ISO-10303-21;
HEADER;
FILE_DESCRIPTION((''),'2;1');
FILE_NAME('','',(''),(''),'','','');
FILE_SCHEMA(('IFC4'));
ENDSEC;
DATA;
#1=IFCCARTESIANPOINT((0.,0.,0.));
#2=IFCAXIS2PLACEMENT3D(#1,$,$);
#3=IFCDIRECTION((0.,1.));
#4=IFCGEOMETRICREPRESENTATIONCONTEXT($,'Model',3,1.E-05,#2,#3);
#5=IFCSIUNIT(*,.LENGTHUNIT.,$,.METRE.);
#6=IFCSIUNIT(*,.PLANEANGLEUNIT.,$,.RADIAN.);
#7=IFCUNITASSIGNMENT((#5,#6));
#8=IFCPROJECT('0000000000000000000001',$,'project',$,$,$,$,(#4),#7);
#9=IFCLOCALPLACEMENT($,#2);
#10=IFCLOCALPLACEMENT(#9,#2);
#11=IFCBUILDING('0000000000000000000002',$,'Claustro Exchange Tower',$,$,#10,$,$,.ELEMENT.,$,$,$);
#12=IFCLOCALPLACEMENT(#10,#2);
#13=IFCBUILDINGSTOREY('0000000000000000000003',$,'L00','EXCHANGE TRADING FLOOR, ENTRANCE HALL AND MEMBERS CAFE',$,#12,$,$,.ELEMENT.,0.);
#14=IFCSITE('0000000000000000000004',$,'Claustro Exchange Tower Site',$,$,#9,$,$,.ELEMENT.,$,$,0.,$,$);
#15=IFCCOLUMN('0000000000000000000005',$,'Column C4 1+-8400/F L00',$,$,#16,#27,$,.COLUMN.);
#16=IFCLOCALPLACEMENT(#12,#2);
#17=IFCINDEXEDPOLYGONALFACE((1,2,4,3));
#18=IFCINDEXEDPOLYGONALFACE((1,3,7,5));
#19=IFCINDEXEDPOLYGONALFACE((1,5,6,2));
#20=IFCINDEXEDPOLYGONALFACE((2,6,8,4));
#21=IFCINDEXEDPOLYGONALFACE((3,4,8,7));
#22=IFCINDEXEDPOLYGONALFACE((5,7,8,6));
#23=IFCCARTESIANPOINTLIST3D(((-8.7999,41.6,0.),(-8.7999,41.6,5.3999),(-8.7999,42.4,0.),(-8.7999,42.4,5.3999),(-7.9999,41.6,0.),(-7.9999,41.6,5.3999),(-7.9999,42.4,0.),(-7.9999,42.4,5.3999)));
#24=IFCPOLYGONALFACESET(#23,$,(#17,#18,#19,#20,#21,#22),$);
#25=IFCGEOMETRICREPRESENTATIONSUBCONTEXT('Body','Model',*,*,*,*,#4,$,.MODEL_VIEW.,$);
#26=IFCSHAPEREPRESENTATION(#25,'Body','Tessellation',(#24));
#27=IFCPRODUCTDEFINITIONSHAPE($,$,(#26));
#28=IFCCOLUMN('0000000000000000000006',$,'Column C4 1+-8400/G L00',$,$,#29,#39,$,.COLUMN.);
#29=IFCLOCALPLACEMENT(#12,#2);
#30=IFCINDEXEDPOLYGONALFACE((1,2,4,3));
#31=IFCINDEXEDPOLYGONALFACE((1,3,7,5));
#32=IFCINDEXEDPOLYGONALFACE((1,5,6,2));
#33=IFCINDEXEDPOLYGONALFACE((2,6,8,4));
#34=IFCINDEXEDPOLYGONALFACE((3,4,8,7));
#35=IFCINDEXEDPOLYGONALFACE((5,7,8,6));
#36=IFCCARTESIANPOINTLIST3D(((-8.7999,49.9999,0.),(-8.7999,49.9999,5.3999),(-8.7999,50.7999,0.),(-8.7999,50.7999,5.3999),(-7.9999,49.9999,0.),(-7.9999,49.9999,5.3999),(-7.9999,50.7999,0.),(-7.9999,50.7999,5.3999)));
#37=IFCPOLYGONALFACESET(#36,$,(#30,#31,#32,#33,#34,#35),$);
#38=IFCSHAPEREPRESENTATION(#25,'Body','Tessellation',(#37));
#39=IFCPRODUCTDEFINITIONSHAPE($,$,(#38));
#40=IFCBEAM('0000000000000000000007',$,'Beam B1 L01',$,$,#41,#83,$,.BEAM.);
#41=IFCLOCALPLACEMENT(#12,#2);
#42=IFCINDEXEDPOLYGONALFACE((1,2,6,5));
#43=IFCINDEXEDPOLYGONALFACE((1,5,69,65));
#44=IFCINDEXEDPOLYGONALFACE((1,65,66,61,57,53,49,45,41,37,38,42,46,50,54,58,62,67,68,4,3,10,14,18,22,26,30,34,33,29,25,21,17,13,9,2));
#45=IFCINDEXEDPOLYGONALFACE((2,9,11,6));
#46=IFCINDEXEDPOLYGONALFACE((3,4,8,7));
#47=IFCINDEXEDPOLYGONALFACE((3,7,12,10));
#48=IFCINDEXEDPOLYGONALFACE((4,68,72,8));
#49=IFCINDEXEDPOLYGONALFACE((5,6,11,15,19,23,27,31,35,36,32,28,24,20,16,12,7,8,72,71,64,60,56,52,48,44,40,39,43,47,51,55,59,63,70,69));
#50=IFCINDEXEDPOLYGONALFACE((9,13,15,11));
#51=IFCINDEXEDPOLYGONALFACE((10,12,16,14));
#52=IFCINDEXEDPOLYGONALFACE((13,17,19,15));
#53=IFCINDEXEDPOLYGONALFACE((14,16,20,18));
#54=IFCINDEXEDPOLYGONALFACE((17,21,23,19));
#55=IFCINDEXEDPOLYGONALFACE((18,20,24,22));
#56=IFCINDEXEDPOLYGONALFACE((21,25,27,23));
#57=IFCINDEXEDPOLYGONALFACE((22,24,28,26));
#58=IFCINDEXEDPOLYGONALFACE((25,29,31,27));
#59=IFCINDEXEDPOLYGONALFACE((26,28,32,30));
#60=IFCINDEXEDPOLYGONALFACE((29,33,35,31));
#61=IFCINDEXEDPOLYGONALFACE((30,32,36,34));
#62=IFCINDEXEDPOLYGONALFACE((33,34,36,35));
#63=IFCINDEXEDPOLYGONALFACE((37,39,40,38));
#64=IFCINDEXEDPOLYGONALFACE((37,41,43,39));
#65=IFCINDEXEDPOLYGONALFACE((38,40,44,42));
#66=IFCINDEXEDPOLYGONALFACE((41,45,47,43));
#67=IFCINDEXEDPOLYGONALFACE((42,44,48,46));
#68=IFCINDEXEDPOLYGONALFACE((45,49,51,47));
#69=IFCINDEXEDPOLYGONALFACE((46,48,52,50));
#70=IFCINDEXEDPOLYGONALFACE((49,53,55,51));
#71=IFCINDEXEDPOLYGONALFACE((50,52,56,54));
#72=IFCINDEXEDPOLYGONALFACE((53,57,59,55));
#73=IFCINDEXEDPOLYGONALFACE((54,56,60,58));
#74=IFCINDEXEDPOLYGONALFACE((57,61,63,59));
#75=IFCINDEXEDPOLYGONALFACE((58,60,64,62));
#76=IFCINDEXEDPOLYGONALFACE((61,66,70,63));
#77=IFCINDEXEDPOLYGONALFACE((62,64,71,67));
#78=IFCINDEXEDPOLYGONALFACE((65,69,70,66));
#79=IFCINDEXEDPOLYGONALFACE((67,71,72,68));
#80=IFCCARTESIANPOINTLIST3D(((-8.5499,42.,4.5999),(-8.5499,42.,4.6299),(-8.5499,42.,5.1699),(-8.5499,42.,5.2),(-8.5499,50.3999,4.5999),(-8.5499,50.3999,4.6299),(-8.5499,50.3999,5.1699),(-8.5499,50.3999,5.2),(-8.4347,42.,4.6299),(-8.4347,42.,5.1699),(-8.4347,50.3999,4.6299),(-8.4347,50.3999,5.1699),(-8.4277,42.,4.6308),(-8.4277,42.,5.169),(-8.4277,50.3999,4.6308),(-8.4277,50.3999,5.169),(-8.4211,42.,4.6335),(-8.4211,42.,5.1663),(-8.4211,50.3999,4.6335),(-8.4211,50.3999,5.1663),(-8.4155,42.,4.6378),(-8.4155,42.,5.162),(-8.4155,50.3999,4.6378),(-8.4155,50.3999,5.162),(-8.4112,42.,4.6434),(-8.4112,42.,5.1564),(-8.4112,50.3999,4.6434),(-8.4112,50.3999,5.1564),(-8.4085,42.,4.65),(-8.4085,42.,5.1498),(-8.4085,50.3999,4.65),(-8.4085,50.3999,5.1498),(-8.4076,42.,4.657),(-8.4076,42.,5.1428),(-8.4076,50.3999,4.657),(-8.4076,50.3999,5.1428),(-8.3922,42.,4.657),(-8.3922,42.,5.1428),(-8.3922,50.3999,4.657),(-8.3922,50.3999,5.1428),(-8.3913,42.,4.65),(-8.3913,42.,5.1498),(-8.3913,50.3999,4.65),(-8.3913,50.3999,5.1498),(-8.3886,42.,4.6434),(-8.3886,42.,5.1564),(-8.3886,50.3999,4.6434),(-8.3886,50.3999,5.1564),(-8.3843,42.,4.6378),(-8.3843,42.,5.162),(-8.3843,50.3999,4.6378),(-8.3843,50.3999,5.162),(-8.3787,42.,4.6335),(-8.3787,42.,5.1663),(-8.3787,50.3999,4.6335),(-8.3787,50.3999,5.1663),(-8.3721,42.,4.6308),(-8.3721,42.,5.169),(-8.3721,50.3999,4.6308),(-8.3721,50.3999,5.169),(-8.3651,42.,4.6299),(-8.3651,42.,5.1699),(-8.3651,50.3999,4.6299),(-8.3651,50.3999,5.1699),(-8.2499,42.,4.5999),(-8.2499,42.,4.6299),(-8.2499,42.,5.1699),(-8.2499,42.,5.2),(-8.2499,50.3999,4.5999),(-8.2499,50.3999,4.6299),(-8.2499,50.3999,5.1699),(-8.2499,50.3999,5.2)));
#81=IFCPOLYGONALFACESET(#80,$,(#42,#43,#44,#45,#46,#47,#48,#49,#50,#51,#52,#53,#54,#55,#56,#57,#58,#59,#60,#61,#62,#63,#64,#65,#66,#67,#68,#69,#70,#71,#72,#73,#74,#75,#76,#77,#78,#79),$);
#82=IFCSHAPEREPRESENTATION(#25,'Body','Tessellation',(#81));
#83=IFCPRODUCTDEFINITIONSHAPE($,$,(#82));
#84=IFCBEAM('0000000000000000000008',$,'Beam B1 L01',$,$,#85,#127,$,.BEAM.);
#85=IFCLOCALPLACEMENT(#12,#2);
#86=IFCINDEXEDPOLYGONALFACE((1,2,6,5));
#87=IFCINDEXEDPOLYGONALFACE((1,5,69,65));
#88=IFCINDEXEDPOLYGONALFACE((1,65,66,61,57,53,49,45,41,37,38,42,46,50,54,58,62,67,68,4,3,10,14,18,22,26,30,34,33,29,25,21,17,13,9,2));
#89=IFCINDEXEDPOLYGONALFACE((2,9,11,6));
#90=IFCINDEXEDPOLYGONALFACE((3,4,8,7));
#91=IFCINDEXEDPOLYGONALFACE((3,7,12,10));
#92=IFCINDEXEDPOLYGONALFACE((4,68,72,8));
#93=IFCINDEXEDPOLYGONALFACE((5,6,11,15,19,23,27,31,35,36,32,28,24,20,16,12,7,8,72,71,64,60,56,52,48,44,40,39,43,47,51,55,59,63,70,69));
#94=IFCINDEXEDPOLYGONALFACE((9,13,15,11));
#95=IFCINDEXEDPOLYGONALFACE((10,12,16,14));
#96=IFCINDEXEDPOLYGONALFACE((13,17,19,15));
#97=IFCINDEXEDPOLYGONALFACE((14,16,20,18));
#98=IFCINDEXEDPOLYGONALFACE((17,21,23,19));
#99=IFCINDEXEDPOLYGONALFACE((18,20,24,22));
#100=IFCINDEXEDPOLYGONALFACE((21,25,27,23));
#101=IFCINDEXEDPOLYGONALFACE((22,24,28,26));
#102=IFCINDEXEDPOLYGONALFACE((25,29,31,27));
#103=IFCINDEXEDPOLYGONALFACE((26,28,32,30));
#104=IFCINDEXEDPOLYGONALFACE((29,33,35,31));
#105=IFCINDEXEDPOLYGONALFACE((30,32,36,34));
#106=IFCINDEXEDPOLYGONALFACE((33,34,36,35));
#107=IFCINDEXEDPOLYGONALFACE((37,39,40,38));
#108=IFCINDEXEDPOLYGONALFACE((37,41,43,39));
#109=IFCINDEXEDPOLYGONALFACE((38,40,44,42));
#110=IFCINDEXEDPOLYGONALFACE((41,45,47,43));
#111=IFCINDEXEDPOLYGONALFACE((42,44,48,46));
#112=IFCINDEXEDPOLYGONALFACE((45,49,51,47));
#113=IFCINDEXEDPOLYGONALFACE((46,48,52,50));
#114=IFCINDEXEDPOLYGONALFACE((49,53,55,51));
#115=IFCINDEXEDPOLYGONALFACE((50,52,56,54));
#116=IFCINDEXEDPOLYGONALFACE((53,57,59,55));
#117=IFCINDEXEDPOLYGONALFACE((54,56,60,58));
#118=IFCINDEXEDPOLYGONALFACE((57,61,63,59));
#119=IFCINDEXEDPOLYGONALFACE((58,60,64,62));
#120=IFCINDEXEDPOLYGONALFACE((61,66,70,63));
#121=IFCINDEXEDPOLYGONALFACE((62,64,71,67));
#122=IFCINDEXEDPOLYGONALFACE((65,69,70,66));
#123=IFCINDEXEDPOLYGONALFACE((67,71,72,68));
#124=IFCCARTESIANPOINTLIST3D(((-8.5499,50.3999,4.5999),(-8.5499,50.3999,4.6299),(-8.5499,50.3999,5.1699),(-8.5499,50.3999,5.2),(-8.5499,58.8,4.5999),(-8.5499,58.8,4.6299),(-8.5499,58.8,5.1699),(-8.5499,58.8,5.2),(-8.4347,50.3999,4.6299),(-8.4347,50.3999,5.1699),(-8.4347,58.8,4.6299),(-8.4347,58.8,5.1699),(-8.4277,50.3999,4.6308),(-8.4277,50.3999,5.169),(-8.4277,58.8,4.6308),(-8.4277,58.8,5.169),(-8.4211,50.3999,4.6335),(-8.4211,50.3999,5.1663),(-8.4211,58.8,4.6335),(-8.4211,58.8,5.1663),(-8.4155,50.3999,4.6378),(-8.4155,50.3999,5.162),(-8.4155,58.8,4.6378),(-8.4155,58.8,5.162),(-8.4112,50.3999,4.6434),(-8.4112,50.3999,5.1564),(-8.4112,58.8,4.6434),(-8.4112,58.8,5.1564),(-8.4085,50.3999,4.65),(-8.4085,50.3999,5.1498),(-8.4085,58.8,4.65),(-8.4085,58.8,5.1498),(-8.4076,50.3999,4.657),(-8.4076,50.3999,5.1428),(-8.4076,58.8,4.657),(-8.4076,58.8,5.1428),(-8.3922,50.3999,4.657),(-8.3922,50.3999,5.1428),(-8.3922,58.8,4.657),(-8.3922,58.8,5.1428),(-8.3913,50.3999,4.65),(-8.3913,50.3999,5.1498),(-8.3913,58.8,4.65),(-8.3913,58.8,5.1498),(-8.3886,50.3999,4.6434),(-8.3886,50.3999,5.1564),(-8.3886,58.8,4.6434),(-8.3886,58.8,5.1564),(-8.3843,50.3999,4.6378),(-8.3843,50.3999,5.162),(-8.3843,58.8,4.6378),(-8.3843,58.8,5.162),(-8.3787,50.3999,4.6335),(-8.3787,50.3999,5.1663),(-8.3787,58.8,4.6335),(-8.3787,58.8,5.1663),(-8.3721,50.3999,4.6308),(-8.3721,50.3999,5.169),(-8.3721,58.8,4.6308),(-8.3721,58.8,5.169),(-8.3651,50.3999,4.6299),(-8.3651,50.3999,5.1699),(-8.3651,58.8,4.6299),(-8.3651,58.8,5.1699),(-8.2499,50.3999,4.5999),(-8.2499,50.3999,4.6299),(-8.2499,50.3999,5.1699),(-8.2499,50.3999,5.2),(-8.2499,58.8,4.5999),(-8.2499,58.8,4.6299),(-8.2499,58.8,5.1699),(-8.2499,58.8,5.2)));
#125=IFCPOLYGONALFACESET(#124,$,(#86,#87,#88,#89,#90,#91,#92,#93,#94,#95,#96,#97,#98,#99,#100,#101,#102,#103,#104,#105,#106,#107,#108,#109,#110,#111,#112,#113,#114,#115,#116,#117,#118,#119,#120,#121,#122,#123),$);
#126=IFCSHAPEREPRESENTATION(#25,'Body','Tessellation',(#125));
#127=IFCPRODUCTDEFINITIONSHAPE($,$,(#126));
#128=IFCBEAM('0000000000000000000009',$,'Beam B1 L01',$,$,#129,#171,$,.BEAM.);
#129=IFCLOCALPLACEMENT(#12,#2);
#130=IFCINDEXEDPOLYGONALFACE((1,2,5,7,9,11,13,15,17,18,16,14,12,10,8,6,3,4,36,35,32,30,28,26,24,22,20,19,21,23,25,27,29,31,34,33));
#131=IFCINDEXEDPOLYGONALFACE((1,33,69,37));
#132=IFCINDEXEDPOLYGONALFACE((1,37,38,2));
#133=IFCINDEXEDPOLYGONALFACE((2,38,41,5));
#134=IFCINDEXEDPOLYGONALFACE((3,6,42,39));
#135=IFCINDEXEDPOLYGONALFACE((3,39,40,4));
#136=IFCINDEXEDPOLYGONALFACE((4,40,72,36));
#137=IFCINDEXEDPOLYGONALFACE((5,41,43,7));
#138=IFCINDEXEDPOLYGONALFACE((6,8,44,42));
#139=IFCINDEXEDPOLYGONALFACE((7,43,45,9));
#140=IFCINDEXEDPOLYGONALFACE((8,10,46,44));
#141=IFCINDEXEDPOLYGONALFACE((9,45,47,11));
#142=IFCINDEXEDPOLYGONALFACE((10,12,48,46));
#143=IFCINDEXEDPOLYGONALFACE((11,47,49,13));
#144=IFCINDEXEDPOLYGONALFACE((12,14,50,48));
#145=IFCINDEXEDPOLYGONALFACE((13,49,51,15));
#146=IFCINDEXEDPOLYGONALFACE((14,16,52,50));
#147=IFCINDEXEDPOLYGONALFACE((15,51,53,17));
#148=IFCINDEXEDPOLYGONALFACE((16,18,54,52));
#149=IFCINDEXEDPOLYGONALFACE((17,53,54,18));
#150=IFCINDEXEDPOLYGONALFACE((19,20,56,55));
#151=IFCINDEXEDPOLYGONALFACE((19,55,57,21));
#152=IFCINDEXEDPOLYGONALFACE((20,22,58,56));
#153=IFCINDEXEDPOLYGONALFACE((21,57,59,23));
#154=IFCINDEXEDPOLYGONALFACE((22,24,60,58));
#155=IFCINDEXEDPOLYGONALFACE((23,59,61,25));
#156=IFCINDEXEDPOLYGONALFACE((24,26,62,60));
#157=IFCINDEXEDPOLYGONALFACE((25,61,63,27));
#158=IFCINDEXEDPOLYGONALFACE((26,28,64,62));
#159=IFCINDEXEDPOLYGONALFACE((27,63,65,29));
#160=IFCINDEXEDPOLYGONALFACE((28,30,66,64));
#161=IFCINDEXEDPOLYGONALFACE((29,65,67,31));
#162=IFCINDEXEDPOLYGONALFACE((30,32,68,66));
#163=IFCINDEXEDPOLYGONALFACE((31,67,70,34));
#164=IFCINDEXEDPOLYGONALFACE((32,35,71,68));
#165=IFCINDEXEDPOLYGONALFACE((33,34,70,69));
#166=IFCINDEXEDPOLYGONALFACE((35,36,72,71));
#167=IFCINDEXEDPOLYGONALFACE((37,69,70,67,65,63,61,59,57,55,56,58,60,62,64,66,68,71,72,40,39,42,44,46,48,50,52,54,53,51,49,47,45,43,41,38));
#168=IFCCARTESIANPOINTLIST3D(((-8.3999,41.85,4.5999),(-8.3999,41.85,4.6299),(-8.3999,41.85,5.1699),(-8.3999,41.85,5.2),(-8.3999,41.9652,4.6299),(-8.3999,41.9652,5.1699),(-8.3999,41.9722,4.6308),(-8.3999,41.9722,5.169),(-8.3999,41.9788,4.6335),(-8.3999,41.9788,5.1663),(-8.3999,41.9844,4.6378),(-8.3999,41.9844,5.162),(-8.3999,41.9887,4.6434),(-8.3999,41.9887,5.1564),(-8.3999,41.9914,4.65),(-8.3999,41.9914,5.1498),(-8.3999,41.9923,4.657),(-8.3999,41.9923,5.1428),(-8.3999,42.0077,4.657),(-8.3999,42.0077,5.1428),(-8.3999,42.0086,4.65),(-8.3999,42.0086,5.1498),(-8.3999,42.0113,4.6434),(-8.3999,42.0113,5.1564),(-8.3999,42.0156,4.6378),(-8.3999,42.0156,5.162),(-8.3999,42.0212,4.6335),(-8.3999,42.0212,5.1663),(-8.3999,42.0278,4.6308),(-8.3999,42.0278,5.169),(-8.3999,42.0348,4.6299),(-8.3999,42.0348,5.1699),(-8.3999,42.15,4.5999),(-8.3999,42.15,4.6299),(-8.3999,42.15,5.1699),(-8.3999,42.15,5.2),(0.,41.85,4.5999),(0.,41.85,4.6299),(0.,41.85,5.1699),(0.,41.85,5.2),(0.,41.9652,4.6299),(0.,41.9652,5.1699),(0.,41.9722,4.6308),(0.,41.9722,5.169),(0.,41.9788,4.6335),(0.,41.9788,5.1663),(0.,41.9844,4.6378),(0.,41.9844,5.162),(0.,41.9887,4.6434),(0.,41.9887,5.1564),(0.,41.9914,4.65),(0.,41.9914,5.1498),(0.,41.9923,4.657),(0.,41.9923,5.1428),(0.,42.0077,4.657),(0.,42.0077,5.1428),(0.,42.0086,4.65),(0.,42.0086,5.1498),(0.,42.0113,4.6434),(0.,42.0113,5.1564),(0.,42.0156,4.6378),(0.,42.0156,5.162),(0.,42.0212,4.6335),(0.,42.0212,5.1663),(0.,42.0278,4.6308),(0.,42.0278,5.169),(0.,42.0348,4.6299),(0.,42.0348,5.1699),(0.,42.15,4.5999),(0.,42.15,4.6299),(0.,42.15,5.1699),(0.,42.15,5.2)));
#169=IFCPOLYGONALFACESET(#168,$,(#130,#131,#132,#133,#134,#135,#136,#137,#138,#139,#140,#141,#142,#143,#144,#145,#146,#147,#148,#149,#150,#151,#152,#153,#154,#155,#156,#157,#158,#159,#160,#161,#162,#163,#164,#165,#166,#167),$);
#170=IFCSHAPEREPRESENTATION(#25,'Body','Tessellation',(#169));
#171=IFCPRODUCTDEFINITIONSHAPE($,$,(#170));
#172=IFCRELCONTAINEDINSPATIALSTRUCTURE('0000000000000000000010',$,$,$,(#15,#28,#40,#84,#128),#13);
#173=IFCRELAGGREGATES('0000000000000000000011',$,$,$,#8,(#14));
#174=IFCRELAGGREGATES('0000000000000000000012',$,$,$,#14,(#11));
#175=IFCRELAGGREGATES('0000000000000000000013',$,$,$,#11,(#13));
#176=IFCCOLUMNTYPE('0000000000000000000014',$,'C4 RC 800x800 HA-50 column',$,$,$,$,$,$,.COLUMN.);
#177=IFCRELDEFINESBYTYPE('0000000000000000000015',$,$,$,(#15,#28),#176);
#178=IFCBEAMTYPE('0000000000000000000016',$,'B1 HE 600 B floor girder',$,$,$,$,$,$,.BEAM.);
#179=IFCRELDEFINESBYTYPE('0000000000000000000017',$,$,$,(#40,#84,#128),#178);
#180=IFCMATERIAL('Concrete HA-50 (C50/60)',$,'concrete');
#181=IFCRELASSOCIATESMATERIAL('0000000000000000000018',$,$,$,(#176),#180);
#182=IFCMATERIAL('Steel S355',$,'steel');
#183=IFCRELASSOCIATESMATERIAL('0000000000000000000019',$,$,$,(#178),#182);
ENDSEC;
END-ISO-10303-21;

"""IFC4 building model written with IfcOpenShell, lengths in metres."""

from ifc_helpers import new_model, si_unit, direction, frame, origin, origin_2d, place, context, subcontext, project, spatial, rectangle, i_section, extrude, material, material_profile, profile_set, type_object, element, save


model = new_model("IFC4")

# Units and contexts
model_context = context("Model", 3, precision=1e-05, world=origin(), true_north=direction((0.0, 1.0)))
body_context = subcontext(model_context, "Body", "Model", "MODEL_VIEW")
ifc_project = project(units=[si_unit("LENGTHUNIT", "METRE"), si_unit("PLANEANGLEUNIT", "RADIAN")], contexts=[model_context])

# Site, building, storey
site_placement = place(None, origin())
site = spatial("IfcSite", under=ifc_project, at=site_placement, Name="Claustro Exchange Tower Site", CompositionType="ELEMENT", RefElevation=0.0)
building_placement = place(site_placement, origin())
building = spatial("IfcBuilding", under=site, at=building_placement, Name="Claustro Exchange Tower", CompositionType="ELEMENT")
storey_placement = place(building_placement, origin())
storey = spatial("IfcBuildingStorey", under=building, at=storey_placement, Name="L00", Description="EXCHANGE TRADING FLOOR, ENTRANCE HALL AND MEMBERS CAFE", CompositionType="ELEMENT", Elevation=0.0)

# Columns
ifc_material_1 = material(Name="Concrete HA-50 (C50/60)", Category="concrete")
ifc_material_profile_1 = material_profile(ifc_material_1, rectangle(XDim=0.8, YDim=0.8, at=origin_2d()), Name="RC 800x800")
ifc_profile_set_1 = profile_set([ifc_material_profile_1], Name="Concrete HA-50 (C50/60)")
column_type = type_object("IfcColumnType", Name="C4 RC 800x800 HA-50 column", PredefinedType="COLUMN", material=ifc_profile_set_1)
for number, where, z_axis, x_axis, name in (
    (1, (-8.3999, 42.0, 0.0), (0.0, 0.0, 1.0), (1.0, 0.0, 0.0), "Column C4 1+-8400/F L00"),
    (2, (-8.3999, 50.3999, 0.0), (0.0, 0.0, 1.0), (1.0, 0.0, 0.0), "Column C4 1+-8400/G L00"),
):
    element("IfcColumn", number, at=place(storey_placement, frame(where, z_axis=z_axis, x_axis=x_axis)), inside=storey, type_object=column_type, Name=name, PredefinedType="COLUMN", context=body_context, shape_type="SweptSolid", body=[
        extrude(rectangle(XDim=0.8, YDim=0.8, at=origin_2d()), origin(), (0.0, 0.0, 1.0), 5.3999),
    ])

# Beams
ifc_material_2 = material(Name="Steel S355", Category="steel")
ifc_material_profile_2 = material_profile(ifc_material_2, i_section(OverallWidth=0.3, OverallDepth=0.6001, WebThickness=0.0154, FlangeThickness=0.03, FilletRadius=0.0271, at=origin_2d()), Name="HE 600 B")
ifc_profile_set_2 = profile_set([ifc_material_profile_2], Name="Steel S355")
beam_type_1 = type_object("IfcBeamType", Name="B1 HE 600 B floor girder", PredefinedType="BEAM", material=ifc_profile_set_2)
beam_1_placement = place(storey_placement, frame((-8.3999, 42.0, 4.8999), z_axis=(0.0, 1.0, 0.0), x_axis=(-1.0, 0.0, 0.0)))
element("IfcBeam", 3, at=beam_1_placement, inside=storey, type_object=beam_type_1, Name="Beam B1 L01", PredefinedType="BEAM", context=body_context, shape_type="SweptSolid", body=[
    extrude(i_section(OverallWidth=0.3, OverallDepth=0.6001, WebThickness=0.0154, FlangeThickness=0.03, FilletRadius=0.0271, at=origin_2d()), origin(), (0.0, 0.0, 1.0), 8.3999),
])
beam_2_placement = place(storey_placement, frame((-8.3999, 50.3999, 4.8999), z_axis=(0.0, 1.0, 0.0), x_axis=(-1.0, 0.0, 0.0)))
element("IfcBeam", 4, at=beam_2_placement, inside=storey, type_object=beam_type_1, Name="Beam B1 L01", PredefinedType="BEAM", context=body_context, shape_type="SweptSolid", body=[
    extrude(i_section(OverallWidth=0.3, OverallDepth=0.6001, WebThickness=0.0154, FlangeThickness=0.03, FilletRadius=0.0271, at=origin_2d()), origin(), (0.0, 0.0, 1.0), 8.4001),
])
for number, where, z_axis, x_axis, name in (
    (5, (-8.3999, 42.0, 4.8999), (1.0, 0.0, 0.0), (0.0, 1.0, 0.0), "Beam B1 L01"),
):
    element("IfcBeam", number, at=place(storey_placement, frame(where, z_axis=z_axis, x_axis=x_axis)), inside=storey, type_object=beam_type_1, Name=name, PredefinedType="BEAM", context=body_context, shape_type="SweptSolid", body=[
        extrude(i_section(OverallWidth=0.3, OverallDepth=0.6001, WebThickness=0.0154, FlangeThickness=0.03, FilletRadius=0.0271, at=origin_2d()), origin(), (0.0, 0.0, 1.0), 8.3999),
    ])

save(model, "model.ifc")
